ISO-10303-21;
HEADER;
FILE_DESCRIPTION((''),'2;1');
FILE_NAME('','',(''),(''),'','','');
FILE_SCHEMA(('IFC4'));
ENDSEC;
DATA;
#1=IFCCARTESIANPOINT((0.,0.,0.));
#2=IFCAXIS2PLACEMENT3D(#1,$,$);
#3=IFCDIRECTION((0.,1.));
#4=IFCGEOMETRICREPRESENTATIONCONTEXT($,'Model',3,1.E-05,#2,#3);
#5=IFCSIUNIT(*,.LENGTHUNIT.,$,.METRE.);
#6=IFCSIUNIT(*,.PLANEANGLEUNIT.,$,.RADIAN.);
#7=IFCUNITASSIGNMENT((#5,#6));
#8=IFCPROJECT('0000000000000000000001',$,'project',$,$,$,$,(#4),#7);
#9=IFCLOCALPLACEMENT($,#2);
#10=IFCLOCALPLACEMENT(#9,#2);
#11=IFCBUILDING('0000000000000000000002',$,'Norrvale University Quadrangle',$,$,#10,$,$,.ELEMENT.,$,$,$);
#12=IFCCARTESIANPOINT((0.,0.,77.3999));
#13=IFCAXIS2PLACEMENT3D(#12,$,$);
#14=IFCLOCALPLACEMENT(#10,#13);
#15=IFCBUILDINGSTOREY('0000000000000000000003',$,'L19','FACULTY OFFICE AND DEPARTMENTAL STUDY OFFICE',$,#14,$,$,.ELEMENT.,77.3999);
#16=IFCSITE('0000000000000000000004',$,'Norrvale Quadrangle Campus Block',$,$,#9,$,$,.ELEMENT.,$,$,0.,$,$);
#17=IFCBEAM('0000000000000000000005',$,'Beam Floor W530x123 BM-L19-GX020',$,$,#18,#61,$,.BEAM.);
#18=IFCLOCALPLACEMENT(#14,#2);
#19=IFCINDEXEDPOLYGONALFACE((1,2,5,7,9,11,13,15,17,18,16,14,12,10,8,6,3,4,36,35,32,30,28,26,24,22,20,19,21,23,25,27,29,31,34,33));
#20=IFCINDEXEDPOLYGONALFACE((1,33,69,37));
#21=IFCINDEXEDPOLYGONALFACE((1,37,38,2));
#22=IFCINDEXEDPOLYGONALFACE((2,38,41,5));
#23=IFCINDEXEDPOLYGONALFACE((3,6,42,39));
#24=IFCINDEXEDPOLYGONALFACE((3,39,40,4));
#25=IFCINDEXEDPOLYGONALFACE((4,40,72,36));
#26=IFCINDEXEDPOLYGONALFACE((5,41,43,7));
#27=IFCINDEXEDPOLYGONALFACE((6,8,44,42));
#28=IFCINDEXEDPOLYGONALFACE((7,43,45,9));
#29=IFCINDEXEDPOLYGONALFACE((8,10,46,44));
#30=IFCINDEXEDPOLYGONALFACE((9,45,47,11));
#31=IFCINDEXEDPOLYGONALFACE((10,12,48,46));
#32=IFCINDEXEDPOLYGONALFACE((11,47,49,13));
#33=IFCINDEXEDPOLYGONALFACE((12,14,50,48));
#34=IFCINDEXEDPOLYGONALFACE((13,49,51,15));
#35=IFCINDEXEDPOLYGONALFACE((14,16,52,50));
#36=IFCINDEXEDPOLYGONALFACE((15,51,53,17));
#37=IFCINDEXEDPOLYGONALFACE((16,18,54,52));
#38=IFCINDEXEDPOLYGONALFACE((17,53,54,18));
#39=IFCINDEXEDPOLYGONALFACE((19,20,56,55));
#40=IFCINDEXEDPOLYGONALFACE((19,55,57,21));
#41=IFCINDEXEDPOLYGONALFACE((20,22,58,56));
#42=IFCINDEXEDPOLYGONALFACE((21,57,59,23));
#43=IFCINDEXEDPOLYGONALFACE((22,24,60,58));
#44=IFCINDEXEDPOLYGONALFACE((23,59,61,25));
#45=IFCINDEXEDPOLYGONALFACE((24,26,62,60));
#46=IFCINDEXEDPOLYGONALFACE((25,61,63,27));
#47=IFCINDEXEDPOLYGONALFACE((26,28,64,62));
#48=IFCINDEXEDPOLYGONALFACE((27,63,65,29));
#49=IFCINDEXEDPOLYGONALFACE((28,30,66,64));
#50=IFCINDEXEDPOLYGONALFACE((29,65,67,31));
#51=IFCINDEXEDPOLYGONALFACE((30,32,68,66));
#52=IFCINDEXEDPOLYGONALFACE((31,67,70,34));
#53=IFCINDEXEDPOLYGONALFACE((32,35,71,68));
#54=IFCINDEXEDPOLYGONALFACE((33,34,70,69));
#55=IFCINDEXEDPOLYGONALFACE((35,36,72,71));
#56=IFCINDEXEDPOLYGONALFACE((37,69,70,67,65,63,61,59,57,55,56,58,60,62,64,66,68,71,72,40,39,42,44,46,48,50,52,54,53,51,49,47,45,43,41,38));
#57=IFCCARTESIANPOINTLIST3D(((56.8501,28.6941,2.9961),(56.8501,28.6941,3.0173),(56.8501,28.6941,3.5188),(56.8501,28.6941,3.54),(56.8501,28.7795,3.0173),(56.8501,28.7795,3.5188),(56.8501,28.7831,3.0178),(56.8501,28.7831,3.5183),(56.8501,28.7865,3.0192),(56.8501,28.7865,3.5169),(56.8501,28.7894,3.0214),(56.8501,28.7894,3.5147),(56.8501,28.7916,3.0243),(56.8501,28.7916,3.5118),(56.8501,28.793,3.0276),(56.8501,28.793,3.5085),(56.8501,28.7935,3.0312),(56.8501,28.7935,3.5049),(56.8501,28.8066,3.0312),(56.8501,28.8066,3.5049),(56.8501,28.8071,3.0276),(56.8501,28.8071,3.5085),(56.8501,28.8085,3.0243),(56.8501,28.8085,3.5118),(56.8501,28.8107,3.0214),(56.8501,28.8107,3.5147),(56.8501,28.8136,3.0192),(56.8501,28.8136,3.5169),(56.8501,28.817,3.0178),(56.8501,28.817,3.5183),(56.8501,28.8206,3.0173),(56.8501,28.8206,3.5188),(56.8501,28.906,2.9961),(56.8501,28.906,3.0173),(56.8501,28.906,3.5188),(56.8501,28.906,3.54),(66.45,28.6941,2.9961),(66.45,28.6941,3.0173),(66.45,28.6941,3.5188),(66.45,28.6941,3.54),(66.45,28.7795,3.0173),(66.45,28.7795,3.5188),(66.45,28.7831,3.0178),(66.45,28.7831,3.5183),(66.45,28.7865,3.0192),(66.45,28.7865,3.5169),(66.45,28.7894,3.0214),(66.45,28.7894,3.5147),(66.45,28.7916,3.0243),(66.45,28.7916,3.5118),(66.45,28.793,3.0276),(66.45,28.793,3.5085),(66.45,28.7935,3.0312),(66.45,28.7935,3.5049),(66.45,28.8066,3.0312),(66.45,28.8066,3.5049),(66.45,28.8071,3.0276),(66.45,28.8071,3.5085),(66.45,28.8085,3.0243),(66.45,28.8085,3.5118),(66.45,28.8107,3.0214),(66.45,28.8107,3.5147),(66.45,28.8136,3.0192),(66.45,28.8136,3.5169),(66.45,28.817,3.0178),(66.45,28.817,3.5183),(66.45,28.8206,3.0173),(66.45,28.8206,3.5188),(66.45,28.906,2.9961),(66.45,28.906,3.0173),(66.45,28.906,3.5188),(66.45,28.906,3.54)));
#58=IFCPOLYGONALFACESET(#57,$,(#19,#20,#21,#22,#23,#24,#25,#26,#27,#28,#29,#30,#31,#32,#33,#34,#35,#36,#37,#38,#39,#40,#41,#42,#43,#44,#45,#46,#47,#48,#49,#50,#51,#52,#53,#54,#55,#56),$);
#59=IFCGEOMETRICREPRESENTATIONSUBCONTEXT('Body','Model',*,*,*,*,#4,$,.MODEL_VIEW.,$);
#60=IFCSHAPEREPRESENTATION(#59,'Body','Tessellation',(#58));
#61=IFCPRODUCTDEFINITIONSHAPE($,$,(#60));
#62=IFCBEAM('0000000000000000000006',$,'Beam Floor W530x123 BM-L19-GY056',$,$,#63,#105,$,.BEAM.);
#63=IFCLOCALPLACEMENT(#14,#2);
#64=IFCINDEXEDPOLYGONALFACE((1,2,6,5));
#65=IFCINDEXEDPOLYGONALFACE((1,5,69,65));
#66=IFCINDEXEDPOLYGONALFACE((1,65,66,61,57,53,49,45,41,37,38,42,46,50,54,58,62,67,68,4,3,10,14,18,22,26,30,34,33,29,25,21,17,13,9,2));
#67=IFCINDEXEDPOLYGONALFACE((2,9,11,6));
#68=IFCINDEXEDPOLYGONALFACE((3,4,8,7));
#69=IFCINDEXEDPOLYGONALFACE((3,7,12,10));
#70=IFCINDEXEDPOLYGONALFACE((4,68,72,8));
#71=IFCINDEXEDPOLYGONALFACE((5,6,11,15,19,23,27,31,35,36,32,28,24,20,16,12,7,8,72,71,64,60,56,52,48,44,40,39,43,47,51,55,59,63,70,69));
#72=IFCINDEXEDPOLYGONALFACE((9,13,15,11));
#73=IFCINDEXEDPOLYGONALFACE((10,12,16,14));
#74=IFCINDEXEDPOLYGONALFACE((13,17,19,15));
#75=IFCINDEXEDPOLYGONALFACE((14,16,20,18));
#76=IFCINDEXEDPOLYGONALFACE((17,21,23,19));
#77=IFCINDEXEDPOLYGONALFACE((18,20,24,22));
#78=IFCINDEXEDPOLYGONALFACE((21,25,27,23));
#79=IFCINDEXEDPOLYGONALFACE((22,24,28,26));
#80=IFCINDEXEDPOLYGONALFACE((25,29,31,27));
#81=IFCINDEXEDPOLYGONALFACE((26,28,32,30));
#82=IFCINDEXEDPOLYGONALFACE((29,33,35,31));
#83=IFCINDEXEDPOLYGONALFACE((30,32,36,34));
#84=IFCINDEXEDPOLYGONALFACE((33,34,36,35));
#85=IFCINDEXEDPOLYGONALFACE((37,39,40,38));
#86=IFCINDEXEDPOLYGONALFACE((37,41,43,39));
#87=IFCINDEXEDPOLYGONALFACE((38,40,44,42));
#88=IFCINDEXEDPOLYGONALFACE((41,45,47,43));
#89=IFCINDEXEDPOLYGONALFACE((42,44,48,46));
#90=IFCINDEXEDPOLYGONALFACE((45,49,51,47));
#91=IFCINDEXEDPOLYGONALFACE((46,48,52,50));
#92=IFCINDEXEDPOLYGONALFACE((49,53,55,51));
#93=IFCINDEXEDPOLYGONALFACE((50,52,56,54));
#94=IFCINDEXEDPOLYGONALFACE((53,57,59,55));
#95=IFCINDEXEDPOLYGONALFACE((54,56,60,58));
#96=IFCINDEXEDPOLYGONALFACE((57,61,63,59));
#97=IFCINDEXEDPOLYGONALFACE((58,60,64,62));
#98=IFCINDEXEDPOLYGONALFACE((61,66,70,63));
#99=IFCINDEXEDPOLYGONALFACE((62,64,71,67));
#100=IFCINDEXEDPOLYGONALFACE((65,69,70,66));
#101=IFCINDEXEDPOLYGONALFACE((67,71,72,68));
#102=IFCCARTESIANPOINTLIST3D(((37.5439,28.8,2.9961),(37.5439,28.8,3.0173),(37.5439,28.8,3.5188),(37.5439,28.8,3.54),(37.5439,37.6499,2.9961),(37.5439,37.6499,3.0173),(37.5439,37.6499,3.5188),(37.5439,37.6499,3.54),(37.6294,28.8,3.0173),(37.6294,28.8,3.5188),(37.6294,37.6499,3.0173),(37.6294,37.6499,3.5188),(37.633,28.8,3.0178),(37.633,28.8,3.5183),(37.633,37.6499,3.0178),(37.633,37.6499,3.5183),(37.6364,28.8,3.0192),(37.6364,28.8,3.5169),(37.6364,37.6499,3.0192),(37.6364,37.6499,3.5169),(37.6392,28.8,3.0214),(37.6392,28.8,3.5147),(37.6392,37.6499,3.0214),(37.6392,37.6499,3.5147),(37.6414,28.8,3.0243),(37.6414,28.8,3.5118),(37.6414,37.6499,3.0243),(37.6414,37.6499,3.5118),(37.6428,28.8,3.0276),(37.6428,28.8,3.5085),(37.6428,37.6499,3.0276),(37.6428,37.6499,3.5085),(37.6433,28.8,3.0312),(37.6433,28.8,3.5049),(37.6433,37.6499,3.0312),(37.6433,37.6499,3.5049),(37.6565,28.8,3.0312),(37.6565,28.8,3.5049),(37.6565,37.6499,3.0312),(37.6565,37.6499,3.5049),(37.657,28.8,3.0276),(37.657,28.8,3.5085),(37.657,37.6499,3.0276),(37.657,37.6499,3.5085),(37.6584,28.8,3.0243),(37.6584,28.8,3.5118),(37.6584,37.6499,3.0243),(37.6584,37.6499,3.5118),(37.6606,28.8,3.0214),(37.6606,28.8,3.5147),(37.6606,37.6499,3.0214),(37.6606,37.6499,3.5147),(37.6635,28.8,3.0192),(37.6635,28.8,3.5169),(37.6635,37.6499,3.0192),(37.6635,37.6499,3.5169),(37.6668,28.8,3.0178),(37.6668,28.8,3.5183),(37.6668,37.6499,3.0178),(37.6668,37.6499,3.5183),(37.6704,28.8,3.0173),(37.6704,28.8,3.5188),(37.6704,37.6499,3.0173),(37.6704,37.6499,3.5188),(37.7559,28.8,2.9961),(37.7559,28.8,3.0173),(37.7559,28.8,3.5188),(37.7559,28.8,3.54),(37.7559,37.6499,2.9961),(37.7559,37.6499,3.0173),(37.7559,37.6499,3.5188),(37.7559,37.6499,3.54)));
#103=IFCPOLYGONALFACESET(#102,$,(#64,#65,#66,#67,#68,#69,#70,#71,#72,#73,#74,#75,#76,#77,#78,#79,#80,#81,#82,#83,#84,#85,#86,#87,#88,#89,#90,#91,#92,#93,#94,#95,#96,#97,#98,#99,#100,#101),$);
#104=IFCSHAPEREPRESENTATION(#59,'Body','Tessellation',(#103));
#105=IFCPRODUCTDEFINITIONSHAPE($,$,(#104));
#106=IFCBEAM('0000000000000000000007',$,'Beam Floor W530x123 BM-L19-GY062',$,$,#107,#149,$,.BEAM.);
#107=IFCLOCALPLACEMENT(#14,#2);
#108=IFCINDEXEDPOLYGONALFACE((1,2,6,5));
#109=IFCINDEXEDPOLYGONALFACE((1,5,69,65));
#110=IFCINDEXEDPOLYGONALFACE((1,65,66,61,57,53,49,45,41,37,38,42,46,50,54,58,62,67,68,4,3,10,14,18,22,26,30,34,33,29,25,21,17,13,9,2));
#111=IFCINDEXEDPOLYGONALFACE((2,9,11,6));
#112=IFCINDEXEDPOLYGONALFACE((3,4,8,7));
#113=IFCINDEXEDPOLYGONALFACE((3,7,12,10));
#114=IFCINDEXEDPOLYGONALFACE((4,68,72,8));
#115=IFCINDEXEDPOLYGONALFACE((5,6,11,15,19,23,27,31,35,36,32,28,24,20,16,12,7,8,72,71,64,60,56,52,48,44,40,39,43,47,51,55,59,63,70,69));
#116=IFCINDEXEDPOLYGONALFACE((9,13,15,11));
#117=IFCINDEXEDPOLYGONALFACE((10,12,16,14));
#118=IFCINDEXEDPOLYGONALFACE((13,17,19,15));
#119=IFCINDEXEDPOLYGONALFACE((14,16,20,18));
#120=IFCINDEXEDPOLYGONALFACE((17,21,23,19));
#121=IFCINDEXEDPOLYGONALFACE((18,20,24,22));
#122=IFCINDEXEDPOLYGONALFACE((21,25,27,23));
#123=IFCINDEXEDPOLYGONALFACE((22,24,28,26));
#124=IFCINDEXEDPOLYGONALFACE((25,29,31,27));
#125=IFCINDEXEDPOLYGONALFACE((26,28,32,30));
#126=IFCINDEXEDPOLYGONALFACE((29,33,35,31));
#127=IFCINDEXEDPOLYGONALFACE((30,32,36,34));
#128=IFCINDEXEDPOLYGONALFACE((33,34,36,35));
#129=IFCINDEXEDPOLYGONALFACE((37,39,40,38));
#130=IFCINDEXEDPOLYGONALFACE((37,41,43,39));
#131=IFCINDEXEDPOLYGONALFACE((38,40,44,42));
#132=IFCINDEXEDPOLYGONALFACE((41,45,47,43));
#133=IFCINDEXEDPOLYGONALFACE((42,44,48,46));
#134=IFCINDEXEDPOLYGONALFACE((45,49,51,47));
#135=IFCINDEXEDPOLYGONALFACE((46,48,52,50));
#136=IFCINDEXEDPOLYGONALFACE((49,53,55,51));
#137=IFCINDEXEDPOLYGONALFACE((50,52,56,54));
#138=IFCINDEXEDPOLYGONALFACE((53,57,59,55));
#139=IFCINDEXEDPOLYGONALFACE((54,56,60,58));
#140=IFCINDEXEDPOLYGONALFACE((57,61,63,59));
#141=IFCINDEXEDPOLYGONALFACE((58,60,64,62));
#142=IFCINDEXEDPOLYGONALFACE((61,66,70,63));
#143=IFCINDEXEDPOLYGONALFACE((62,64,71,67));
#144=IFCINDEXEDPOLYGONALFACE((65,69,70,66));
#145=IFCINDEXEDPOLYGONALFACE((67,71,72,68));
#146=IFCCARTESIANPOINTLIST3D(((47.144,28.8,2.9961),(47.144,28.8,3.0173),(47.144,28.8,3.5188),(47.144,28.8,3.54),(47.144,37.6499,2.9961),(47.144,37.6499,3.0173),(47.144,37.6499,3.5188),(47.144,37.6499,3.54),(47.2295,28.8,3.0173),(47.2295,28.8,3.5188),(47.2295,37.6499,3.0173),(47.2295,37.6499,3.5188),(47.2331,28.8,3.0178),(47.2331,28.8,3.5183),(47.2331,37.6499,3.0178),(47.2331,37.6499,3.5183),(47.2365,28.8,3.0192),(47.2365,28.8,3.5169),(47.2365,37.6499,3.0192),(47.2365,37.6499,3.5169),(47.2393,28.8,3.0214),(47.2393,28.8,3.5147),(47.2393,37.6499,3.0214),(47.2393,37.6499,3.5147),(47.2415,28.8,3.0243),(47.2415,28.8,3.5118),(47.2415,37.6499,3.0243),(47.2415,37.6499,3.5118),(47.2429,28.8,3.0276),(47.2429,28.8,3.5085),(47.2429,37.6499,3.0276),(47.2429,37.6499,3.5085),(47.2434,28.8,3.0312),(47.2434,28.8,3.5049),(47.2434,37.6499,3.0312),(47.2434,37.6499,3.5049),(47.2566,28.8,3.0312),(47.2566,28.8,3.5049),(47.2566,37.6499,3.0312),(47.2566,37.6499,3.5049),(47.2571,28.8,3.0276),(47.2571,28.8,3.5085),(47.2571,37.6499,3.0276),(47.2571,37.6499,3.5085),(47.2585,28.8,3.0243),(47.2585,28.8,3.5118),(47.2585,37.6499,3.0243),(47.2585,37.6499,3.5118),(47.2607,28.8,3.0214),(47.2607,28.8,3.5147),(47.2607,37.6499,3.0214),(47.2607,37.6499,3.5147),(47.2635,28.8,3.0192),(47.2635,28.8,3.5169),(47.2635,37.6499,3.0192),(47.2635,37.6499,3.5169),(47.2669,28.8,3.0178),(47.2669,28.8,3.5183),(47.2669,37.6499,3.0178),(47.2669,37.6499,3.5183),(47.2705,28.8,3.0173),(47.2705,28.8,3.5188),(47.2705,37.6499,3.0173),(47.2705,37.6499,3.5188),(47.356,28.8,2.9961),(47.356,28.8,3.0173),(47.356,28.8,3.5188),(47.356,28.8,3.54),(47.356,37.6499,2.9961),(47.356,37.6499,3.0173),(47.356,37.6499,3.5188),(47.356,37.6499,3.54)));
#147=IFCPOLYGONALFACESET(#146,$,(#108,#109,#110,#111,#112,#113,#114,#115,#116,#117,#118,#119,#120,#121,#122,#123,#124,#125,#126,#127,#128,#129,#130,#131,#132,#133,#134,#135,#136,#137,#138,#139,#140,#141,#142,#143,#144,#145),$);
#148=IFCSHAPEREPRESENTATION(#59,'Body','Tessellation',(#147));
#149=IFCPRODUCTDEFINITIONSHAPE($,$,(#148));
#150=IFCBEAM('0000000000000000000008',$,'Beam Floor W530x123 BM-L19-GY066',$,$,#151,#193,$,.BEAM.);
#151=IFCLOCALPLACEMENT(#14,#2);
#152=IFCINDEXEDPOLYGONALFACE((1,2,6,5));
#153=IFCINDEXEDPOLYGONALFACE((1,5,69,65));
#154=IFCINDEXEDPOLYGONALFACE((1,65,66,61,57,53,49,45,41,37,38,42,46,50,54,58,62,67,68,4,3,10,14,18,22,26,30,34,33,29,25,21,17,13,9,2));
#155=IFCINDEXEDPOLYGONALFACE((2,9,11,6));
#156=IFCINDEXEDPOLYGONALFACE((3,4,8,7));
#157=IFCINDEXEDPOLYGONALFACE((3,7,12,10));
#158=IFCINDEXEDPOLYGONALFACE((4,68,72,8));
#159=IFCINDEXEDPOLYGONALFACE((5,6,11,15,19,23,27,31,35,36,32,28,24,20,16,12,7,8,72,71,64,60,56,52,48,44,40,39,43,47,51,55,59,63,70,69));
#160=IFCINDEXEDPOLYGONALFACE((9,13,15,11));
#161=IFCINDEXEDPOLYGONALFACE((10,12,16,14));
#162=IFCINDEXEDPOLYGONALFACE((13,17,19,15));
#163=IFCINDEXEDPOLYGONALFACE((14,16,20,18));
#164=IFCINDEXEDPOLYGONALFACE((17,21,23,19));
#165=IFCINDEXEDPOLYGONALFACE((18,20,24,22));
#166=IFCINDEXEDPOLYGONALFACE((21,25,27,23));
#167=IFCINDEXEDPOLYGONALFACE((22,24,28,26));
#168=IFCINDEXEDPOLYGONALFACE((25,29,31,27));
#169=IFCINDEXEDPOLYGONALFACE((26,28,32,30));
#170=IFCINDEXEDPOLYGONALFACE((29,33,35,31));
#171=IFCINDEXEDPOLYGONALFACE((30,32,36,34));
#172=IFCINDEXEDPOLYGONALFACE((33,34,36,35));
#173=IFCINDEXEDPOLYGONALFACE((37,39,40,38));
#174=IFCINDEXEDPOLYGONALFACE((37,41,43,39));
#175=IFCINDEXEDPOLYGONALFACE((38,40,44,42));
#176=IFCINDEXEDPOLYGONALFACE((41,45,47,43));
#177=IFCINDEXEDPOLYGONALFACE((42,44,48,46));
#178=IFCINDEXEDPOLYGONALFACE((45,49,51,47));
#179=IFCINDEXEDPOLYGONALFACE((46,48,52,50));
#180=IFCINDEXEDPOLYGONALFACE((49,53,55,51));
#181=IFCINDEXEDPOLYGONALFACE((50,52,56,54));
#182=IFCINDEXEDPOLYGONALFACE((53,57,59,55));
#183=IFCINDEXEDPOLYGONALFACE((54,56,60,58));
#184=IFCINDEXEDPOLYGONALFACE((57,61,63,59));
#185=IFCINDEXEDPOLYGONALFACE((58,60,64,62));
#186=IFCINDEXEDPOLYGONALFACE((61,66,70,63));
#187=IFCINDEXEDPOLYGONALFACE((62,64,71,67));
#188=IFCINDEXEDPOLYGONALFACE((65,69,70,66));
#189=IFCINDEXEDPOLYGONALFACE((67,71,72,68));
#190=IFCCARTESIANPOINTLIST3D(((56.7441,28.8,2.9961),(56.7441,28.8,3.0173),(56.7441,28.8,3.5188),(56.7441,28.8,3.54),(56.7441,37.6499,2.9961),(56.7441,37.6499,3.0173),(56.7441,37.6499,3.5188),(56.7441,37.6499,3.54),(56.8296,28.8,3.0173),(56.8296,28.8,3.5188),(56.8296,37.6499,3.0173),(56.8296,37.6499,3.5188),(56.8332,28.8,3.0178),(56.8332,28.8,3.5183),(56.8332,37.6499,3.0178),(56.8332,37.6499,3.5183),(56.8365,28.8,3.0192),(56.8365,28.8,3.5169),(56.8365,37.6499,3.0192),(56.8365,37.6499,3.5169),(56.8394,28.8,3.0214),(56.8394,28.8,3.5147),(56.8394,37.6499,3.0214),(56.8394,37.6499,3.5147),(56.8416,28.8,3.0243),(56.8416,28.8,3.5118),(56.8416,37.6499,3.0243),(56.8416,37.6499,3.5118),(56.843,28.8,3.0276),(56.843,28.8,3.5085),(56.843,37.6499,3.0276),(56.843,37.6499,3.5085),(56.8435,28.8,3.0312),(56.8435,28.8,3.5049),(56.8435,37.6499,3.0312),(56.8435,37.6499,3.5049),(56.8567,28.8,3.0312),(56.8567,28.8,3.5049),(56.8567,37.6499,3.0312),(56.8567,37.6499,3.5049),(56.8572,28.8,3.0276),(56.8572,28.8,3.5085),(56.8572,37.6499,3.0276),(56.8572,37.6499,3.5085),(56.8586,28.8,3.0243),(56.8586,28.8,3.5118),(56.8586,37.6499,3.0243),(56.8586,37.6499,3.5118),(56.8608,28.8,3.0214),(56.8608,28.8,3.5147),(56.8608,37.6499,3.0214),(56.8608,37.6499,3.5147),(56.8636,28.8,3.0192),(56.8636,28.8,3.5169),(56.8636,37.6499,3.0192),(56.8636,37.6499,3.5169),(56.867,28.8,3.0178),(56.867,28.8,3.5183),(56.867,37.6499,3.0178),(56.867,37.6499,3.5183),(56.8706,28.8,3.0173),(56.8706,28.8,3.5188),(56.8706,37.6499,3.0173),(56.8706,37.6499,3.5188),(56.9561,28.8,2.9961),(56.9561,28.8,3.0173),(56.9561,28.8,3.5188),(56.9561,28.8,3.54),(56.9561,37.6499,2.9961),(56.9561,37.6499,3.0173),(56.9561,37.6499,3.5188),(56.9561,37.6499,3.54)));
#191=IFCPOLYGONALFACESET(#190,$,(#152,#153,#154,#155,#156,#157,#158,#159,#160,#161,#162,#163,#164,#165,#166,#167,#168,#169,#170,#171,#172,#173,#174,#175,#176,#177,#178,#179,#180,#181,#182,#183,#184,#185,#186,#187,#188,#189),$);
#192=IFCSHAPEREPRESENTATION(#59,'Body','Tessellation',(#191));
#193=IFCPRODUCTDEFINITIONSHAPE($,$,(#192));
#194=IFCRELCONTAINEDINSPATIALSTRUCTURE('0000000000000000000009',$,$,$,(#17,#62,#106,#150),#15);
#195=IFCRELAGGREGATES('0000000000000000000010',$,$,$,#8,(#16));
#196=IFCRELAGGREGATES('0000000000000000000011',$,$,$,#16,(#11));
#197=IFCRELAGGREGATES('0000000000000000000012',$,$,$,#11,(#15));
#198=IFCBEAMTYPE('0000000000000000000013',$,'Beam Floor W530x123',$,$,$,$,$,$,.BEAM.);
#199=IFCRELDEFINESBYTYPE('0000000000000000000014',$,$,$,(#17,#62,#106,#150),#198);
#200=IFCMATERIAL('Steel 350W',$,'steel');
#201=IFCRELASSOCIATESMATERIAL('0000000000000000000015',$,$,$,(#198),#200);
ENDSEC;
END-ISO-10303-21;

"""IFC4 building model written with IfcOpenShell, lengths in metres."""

from ifc_helpers import new_model, si_unit, direction, frame, origin, origin_2d, place, context, subcontext, project, spatial, i_section, extrude, material, material_profile, profile_set, type_object, element, save


model = new_model("IFC4")

# Units and contexts
model_context = context("Model", 3, precision=1e-05, world=origin(), true_north=direction((0.0, 1.0)))
body_context = subcontext(model_context, "Body", "Model", "MODEL_VIEW")
ifc_project = project(units=[si_unit("LENGTHUNIT", "METRE"), si_unit("PLANEANGLEUNIT", "RADIAN")], contexts=[model_context])

# Site, building, storey
site_placement = place(None, origin())
site = spatial("IfcSite", under=ifc_project, at=site_placement, Name="Norrvale Quadrangle Campus Block", CompositionType="ELEMENT", RefElevation=0.0)
building_placement = place(site_placement, origin())
building = spatial("IfcBuilding", under=site, at=building_placement, Name="Norrvale University Quadrangle", CompositionType="ELEMENT")
storey_placement = place(building_placement, frame((0.0, 0.0, 77.3999)))
storey = spatial("IfcBuildingStorey", under=building, at=storey_placement, Name="L19", Description="FACULTY OFFICE AND DEPARTMENTAL STUDY OFFICE", CompositionType="ELEMENT", Elevation=77.3999)

# Beams
ifc_material_1 = material(Name="Steel 350W", Category="steel")
ifc_material_profile_1 = material_profile(ifc_material_1, i_section(OverallWidth=0.2119, OverallDepth=0.5439, WebThickness=0.0132, FlangeThickness=0.0212, FilletRadius=0.0139, at=origin_2d()), Name="Steel 350W")
ifc_profile_set_1 = profile_set([ifc_material_profile_1], Name="Steel 350W")
beam_type_1 = type_object("IfcBeamType", Name="Beam Floor W530x123", PredefinedType="BEAM", material=ifc_profile_set_1)
beam_1_placement = place(storey_placement, frame((56.8501, 28.8, 3.2681), z_axis=(1.0, 0.0, 0.0), x_axis=(0.0, 1.0, 0.0)))
element("IfcBeam", 1, at=beam_1_placement, inside=storey, type_object=beam_type_1, Name="Beam Floor W530x123 BM-L19-GX020", PredefinedType="BEAM", context=body_context, shape_type="SweptSolid", body=[
    extrude(i_section(OverallWidth=0.2119, OverallDepth=0.5439, WebThickness=0.0132, FlangeThickness=0.0212, FilletRadius=0.0139, at=origin_2d()), origin(), (0.0, 0.0, 1.0), 9.5999),
])
for number, where, z_axis, x_axis, name in (
    (2, (37.6499, 28.8, 3.2681), (0.0, 1.0, 0.0), (-1.0, 0.0, 0.0), "Beam Floor W530x123 BM-L19-GY056"),
    (3, (47.25, 28.8, 3.2681), (0.0, 1.0, 0.0), (-1.0, 0.0, 0.0), "Beam Floor W530x123 BM-L19-GY062"),
    (4, (56.8501, 28.8, 3.2681), (0.0, 1.0, 0.0), (-1.0, 0.0, 0.0), "Beam Floor W530x123 BM-L19-GY066"),
):
    element("IfcBeam", number, at=place(storey_placement, frame(where, z_axis=z_axis, x_axis=x_axis)), inside=storey, type_object=beam_type_1, Name=name, PredefinedType="BEAM", context=body_context, shape_type="SweptSolid", body=[
        extrude(i_section(OverallWidth=0.2119, OverallDepth=0.5439, WebThickness=0.0132, FlangeThickness=0.0212, FilletRadius=0.0139, at=origin_2d()), origin(), (0.0, 0.0, 1.0), 8.8499),
    ])

save(model, "model.ifc")
